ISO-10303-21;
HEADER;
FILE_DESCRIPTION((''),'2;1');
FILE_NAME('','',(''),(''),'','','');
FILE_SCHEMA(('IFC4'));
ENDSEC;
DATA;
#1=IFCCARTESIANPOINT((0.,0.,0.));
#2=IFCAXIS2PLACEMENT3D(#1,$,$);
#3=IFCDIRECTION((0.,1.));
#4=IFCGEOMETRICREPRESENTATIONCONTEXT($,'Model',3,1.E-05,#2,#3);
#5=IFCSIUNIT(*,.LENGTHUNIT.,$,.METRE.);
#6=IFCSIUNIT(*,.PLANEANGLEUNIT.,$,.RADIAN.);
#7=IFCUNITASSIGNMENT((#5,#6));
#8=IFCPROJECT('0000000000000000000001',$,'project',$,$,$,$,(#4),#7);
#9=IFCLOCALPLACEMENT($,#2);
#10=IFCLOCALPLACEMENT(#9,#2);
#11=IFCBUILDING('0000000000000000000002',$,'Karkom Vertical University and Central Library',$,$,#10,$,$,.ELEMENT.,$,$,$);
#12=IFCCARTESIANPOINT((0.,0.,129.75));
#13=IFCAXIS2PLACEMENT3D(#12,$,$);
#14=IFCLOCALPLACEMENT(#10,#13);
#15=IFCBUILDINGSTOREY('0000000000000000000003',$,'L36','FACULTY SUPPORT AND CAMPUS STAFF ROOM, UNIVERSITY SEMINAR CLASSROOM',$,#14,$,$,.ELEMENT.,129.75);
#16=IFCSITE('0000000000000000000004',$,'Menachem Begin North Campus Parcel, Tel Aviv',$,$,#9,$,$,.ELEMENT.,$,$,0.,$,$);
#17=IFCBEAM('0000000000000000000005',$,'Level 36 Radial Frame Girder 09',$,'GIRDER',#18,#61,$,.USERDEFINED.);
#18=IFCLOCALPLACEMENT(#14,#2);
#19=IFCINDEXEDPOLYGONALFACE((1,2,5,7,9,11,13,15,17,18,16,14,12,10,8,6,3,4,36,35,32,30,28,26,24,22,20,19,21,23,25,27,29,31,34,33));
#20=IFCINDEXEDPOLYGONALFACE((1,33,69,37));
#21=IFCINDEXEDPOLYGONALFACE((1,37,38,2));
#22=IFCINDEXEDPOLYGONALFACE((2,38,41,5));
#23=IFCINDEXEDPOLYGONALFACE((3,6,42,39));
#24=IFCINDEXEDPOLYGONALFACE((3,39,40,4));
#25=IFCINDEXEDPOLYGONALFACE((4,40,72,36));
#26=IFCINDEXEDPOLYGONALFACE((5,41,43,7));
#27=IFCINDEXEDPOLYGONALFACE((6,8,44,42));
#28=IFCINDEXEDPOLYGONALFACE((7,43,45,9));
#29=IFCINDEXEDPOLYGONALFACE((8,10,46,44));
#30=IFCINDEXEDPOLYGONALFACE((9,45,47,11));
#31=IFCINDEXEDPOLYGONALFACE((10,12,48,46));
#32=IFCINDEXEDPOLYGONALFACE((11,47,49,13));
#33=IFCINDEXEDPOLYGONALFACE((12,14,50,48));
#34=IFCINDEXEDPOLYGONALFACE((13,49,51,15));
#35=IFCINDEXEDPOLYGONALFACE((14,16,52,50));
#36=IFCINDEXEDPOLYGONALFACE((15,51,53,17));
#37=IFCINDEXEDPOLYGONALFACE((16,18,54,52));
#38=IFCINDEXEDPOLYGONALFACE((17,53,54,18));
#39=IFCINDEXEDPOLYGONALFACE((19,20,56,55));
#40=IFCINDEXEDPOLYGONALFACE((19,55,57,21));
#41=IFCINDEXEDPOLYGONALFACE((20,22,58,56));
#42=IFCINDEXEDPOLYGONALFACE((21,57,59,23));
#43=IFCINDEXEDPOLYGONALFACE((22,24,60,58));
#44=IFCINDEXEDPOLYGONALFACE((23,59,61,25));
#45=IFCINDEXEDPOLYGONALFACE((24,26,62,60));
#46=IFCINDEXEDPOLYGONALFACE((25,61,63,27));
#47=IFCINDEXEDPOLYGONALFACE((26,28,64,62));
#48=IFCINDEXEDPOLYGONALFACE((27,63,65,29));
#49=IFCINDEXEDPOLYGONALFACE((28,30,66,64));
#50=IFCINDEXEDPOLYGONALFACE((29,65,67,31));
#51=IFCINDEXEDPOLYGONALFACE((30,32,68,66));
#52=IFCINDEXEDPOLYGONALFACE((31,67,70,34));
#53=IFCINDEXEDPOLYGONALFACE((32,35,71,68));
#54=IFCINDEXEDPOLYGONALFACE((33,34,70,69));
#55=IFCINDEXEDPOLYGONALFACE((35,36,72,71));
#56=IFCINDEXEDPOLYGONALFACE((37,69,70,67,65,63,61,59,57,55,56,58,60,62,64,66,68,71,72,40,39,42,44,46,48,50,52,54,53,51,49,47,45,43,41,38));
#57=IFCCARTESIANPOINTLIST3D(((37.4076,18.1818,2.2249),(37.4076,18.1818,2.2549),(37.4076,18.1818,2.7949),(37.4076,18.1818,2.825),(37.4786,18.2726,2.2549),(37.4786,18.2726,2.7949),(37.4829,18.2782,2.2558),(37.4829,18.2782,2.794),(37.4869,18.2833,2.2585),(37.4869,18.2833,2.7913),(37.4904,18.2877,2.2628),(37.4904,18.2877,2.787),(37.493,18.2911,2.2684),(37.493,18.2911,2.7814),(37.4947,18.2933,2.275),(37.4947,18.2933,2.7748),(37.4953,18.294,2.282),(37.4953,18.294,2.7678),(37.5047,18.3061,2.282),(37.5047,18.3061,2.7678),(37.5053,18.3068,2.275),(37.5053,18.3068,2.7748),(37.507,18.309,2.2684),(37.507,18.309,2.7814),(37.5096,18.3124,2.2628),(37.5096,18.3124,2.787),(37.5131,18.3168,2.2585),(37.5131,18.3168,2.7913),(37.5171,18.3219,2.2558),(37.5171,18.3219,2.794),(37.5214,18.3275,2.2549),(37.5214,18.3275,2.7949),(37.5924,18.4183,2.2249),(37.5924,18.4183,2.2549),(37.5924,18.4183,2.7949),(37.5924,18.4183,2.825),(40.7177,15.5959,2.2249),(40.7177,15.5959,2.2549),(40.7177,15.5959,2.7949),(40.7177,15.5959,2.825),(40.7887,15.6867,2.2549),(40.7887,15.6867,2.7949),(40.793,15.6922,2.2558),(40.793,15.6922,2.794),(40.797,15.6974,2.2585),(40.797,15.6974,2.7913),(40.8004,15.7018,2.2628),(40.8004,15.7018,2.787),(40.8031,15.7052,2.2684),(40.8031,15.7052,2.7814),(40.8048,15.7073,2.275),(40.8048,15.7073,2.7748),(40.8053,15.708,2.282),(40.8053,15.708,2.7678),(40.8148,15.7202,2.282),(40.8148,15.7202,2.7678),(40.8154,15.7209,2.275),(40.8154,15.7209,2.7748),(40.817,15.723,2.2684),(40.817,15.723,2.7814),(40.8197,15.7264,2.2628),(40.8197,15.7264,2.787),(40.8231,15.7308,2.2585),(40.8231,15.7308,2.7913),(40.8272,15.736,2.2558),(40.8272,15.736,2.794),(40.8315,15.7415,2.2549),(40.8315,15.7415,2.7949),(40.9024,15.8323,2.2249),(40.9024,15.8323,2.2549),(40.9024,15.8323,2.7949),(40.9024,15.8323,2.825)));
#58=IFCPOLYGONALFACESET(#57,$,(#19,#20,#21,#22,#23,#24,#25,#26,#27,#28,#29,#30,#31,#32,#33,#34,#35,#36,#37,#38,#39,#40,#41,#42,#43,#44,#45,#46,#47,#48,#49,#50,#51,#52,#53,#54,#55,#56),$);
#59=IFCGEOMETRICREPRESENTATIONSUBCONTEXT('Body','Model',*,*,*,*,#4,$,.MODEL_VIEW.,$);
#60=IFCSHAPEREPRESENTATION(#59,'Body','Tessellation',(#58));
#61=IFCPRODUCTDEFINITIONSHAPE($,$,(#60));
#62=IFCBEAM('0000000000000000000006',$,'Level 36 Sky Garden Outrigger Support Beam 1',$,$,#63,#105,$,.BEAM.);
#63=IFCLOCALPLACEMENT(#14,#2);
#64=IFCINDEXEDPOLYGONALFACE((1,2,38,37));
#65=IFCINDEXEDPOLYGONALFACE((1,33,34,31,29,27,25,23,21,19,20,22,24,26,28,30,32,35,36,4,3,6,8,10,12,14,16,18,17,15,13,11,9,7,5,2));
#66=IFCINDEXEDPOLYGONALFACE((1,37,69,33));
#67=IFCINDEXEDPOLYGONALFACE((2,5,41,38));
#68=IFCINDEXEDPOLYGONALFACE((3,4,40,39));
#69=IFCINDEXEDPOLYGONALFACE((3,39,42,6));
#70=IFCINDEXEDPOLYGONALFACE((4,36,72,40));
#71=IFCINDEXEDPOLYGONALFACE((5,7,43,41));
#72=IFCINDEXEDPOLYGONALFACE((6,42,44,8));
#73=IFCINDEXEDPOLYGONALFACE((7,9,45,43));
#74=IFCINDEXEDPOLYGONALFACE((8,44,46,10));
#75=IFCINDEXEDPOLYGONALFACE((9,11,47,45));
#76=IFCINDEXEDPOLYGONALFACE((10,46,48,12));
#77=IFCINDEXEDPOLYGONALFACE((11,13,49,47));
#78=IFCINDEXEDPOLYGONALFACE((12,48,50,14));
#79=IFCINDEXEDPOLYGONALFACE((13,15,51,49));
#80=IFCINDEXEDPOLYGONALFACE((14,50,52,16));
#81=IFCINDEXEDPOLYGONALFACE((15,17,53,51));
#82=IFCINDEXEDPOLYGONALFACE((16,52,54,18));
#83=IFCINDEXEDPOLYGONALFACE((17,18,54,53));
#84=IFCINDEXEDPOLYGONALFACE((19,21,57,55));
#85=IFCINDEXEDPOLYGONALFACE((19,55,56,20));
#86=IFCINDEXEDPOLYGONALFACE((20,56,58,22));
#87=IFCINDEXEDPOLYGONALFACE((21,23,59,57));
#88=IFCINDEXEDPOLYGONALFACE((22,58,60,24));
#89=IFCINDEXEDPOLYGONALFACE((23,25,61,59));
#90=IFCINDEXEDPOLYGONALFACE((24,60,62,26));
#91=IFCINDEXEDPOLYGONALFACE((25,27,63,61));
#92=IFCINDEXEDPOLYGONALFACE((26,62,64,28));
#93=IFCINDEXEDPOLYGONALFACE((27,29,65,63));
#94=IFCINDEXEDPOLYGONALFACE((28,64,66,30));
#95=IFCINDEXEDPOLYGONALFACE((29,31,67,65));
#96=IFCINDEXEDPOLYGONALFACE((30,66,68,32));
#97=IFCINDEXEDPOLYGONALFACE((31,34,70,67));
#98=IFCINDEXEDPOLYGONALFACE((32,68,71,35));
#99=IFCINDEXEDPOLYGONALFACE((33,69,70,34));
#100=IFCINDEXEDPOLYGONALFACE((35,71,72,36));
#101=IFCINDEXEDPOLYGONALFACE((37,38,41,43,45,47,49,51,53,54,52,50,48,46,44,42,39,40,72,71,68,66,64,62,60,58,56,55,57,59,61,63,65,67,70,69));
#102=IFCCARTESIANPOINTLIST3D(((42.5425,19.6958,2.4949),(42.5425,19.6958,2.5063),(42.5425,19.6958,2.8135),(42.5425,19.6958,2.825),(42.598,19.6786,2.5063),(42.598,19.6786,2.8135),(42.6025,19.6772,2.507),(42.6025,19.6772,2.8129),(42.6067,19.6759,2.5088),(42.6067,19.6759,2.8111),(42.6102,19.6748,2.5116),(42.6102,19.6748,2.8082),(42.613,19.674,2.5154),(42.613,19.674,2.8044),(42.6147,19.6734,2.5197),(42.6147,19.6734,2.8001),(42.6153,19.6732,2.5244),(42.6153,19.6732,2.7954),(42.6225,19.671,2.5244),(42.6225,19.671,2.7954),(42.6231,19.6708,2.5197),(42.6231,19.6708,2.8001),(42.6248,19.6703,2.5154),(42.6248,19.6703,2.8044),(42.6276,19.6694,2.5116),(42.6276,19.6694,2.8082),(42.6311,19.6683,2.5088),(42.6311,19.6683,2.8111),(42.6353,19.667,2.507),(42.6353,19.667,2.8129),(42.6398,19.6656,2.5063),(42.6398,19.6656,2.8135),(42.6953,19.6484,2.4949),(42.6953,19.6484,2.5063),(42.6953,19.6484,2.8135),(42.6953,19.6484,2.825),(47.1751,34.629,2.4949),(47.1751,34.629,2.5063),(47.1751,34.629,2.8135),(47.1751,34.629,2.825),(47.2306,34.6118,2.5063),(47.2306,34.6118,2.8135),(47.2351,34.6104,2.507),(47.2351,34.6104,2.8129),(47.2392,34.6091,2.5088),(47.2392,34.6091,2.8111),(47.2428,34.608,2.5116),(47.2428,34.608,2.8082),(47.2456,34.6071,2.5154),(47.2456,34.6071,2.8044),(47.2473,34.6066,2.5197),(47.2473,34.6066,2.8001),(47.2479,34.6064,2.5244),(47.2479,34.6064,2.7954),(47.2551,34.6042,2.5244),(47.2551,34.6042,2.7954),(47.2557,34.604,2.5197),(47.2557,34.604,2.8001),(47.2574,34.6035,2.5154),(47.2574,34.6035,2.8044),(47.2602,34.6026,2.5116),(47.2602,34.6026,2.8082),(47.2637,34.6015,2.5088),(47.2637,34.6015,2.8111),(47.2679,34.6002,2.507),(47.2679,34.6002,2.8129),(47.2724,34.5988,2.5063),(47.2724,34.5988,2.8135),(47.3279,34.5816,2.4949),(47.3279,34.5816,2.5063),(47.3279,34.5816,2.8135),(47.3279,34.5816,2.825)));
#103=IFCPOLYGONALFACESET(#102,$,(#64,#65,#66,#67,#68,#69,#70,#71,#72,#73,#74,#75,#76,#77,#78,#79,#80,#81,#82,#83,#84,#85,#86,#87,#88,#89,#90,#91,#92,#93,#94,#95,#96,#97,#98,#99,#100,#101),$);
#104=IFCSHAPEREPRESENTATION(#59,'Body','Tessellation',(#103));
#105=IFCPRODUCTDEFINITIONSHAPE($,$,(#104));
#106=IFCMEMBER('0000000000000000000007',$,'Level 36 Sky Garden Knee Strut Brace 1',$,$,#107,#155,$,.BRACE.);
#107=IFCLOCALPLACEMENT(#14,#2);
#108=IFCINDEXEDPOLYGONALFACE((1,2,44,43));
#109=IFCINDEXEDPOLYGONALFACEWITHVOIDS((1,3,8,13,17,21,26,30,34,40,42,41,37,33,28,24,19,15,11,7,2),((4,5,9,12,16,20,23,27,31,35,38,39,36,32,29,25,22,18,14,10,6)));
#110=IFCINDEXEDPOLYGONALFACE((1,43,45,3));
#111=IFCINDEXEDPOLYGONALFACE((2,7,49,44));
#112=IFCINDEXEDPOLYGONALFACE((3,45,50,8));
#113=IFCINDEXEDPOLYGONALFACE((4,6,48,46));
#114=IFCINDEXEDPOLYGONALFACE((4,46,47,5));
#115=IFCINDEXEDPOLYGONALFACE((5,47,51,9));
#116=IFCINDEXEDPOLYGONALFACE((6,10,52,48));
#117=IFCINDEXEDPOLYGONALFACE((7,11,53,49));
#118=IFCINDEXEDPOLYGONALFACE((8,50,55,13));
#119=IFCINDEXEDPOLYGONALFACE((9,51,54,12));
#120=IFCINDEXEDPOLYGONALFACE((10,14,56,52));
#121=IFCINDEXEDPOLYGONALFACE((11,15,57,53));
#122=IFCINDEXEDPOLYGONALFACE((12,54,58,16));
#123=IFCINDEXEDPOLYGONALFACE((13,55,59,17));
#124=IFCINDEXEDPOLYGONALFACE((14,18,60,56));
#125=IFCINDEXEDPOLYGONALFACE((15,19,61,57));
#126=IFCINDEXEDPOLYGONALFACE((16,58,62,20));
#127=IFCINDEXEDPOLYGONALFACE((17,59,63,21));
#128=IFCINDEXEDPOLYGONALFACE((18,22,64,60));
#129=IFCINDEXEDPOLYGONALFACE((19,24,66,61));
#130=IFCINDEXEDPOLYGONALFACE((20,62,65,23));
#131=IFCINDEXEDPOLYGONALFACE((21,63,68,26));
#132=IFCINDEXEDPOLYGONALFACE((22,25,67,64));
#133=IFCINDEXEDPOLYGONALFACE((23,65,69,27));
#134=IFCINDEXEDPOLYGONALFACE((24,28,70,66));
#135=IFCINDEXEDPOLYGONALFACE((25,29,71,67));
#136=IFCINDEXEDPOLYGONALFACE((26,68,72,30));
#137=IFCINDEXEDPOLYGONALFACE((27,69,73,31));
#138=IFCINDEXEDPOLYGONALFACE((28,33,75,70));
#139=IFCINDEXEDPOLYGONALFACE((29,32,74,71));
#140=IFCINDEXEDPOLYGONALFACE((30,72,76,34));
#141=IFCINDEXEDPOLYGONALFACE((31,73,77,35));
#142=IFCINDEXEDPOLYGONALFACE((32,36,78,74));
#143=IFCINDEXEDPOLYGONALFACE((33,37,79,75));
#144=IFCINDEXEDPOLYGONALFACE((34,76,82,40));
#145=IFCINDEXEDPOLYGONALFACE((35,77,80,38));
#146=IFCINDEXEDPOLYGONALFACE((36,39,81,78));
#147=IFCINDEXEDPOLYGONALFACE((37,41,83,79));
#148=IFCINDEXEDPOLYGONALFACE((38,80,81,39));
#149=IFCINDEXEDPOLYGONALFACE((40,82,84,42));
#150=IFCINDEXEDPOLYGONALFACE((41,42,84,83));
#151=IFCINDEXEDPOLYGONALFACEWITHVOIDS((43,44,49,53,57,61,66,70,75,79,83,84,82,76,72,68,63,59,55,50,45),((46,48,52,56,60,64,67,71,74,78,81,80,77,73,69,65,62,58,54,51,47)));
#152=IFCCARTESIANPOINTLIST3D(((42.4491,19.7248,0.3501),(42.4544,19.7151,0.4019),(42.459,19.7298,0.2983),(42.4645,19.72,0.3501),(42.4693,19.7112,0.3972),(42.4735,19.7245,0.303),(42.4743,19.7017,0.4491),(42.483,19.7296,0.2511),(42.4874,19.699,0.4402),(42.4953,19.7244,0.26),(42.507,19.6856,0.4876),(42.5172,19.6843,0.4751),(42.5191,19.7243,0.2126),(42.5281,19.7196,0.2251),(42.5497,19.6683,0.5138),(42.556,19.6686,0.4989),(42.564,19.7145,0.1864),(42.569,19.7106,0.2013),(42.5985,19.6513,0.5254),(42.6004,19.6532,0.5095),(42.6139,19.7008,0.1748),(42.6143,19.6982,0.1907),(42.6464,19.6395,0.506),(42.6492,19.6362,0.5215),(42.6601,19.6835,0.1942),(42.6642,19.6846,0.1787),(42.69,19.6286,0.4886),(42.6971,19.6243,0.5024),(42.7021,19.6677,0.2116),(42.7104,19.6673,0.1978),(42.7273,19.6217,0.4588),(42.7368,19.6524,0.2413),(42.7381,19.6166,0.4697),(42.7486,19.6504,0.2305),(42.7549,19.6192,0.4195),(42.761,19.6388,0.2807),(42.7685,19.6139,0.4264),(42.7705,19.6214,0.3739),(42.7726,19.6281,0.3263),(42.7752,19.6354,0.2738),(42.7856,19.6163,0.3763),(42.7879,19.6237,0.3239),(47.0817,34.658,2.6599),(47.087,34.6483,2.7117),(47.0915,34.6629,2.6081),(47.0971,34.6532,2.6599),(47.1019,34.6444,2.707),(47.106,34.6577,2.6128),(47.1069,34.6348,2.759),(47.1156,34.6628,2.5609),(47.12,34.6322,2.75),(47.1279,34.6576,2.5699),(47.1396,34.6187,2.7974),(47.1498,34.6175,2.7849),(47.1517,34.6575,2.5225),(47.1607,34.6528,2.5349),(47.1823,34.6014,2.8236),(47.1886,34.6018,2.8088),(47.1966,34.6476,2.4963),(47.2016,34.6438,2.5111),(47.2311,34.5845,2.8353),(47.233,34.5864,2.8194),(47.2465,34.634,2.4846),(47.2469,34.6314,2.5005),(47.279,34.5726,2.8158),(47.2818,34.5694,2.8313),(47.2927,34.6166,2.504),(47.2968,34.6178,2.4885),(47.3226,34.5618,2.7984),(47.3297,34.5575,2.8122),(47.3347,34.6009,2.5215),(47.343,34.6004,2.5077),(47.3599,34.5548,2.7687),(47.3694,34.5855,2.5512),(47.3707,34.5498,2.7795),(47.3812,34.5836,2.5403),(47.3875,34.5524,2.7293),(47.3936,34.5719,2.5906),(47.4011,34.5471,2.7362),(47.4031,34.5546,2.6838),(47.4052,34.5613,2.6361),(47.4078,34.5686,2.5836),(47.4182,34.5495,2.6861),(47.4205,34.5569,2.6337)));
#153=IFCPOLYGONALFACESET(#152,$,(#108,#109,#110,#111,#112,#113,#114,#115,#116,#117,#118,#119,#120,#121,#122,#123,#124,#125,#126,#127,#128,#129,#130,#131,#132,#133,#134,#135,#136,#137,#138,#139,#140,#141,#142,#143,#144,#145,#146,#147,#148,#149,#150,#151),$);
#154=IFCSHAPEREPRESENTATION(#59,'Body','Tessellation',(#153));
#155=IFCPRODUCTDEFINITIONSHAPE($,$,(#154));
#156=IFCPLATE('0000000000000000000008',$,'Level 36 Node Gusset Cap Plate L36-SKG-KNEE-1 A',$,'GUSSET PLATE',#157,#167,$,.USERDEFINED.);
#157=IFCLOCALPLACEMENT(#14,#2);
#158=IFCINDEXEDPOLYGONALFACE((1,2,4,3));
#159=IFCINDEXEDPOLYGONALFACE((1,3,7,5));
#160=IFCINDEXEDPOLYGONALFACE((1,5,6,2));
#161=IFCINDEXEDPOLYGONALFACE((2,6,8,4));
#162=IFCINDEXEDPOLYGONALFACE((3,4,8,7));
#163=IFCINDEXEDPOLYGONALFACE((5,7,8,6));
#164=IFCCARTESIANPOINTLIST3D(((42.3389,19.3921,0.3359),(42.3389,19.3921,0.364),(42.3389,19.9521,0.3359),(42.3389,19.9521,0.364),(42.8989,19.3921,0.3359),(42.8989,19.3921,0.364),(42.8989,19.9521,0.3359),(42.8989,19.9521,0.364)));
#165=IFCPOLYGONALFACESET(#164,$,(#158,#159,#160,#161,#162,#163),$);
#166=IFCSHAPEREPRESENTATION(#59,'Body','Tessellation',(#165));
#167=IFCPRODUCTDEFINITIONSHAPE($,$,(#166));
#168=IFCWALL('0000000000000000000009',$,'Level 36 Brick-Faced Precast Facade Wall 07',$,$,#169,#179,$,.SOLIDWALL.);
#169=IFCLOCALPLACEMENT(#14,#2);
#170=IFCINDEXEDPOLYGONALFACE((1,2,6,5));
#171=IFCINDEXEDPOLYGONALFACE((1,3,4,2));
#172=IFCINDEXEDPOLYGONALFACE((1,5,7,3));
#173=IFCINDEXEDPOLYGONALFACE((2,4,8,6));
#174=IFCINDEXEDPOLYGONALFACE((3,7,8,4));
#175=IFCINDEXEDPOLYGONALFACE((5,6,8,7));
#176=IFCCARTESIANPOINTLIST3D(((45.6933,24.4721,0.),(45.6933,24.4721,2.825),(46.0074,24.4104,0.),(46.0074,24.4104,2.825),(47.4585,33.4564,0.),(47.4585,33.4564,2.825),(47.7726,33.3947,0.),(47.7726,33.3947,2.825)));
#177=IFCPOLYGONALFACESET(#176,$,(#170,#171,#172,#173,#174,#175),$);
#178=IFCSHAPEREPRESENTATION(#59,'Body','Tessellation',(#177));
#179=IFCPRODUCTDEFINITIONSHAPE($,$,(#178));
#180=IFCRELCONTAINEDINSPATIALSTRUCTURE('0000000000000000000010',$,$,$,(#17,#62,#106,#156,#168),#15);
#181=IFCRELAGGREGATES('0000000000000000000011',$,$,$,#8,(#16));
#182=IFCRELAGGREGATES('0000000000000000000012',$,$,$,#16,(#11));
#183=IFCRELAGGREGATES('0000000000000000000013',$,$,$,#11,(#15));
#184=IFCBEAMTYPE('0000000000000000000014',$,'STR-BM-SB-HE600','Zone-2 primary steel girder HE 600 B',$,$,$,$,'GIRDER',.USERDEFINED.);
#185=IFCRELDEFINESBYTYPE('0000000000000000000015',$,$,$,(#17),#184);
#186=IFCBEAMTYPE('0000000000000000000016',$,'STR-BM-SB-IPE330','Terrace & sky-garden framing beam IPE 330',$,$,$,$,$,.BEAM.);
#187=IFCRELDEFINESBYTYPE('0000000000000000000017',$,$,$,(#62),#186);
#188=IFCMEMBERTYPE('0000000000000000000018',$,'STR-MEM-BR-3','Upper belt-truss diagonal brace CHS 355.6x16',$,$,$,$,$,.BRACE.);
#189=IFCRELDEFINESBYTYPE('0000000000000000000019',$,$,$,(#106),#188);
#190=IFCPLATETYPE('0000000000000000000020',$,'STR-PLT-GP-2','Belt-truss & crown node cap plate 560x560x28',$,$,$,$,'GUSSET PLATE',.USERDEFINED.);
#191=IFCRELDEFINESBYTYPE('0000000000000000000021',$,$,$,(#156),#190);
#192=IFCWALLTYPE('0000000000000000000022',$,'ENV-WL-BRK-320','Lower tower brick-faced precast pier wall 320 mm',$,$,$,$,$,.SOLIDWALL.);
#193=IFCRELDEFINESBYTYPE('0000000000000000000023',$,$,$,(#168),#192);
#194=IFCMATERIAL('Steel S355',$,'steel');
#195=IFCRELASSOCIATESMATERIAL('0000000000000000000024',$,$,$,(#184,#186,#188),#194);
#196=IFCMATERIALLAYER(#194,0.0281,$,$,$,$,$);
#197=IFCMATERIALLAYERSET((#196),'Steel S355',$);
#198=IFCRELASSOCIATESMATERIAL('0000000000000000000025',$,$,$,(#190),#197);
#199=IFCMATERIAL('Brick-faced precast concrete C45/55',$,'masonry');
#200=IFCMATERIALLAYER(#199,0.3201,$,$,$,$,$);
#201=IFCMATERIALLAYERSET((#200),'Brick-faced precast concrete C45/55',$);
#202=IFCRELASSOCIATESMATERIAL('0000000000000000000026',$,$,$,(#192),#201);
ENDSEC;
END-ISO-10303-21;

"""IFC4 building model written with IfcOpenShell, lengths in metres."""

from ifc_helpers import new_model, si_unit, direction, frame, frame_2d, origin, origin_with_axes, origin_2d, place, context, subcontext, project, spatial, rectangle, hollow_circle, i_section, extrude, source, transform, mapped, material, layer, layer_set, material_profile, profile_set, type_object, element, save


model = new_model("IFC4")

# Units and contexts
model_context = context("Model", 3, precision=1e-05, world=origin(), true_north=direction((0.0, 1.0)))
body_context = subcontext(model_context, "Body", "Model", "MODEL_VIEW")
ifc_project = project(units=[si_unit("LENGTHUNIT", "METRE"), si_unit("PLANEANGLEUNIT", "RADIAN")], contexts=[model_context])

# Site, building, storey
site_placement = place(None, origin())
site = spatial("IfcSite", under=ifc_project, at=site_placement, Name="Menachem Begin North Campus Parcel, Tel Aviv", CompositionType="ELEMENT", RefElevation=0.0)
building_placement = place(site_placement, origin())
building = spatial("IfcBuilding", under=site, at=building_placement, Name="Karkom Vertical University and Central Library", CompositionType="ELEMENT")
storey_placement = place(building_placement, frame((0.0, 0.0, 129.75)))
storey = spatial("IfcBuildingStorey", under=building, at=storey_placement, Name="L36", Description="FACULTY SUPPORT AND CAMPUS STAFF ROOM, UNIVERSITY SEMINAR CLASSROOM", CompositionType="ELEMENT", Elevation=129.75)

# Beams
ifc_material_1 = material(Name="Steel S355", Category="steel")
ifc_material_profile_1 = material_profile(ifc_material_1, i_section(OverallWidth=0.3, OverallDepth=0.6001, WebThickness=0.0154, FlangeThickness=0.03, FilletRadius=0.0271, at=origin_2d()), Name="HE 600 B")
ifc_profile_set_1 = profile_set([ifc_material_profile_1], Name="Steel S355")
beam_type_1 = type_object("IfcBeamType", Name="STR-BM-SB-HE600", Description="Zone-2 primary steel girder HE 600 B", ElementType="GIRDER", PredefinedType="USERDEFINED", material=ifc_profile_set_1)
shared_shape_1 = source(origin_with_axes(), body_context, "Body", "SweptSolid", [
    extrude(i_section(OverallWidth=0.3, OverallDepth=0.6001, WebThickness=0.0154, FlangeThickness=0.03, FilletRadius=0.0271, at=origin_2d()), origin(), (0.0, 0.0, 1.0), 4.2004),
])
beam_1_placement = place(storey_placement, frame((37.5, 18.3, 2.5249), z_axis=(0.78803, -0.615637, 0.0), x_axis=(0.615637, 0.78803, 0.0)))
element("IfcBeam", 1, at=beam_1_placement, inside=storey, type_object=beam_type_1, Name="Level 36 Radial Frame Girder 09", ObjectType="GIRDER", PredefinedType="USERDEFINED", context=body_context, shape_type="MappedRepresentation", body=[
    mapped(shared_shape_1, transform((0.0, 0.0, 0.0), scale=1.0)),
])
ifc_material_profile_2 = material_profile(ifc_material_1, i_section(OverallWidth=0.1599, OverallDepth=0.3301, WebThickness=0.0076, FlangeThickness=0.0115, FilletRadius=0.0181, at=origin_2d()), Name="IPE 330")
ifc_profile_set_2 = profile_set([ifc_material_profile_2], Name="Steel S355")
beam_type_2 = type_object("IfcBeamType", Name="STR-BM-SB-IPE330", Description="Terrace & sky-garden framing beam IPE 330", PredefinedType="BEAM", material=ifc_profile_set_2)
shared_shape_2 = source(origin_with_axes(), body_context, "Body", "SweptSolid", [
    extrude(i_section(OverallWidth=0.1599, OverallDepth=0.3301, WebThickness=0.0076, FlangeThickness=0.0115, FilletRadius=0.0181, at=origin_2d()), origin(), (0.0, 0.0, 1.0), 15.6353),
])
beam_2_placement = place(storey_placement, frame((42.6189, 19.6721, 2.6599), z_axis=(0.296292, 0.955098, 0.0), x_axis=(-0.955098, 0.296292, 0.0)))
element("IfcBeam", 2, at=beam_2_placement, inside=storey, type_object=beam_type_2, Name="Level 36 Sky Garden Outrigger Support Beam 1", PredefinedType="BEAM", context=body_context, shape_type="MappedRepresentation", body=[
    mapped(shared_shape_2, transform((0.0, 0.0, 0.0), scale=1.0)),
])

# Member
ifc_material_profile_3 = material_profile(ifc_material_1, hollow_circle(Radius=0.1777, WallThickness=0.0161, at=origin_2d()), Name="CHS 355.6x16")
ifc_profile_set_3 = profile_set([ifc_material_profile_3], Name="Steel S355")
member_type = type_object("IfcMemberType", Name="STR-MEM-BR-3", Description="Upper belt-truss diagonal brace CHS 355.6x16", PredefinedType="BRACE", material=ifc_profile_set_3)
shared_shape_3 = source(origin_with_axes(), body_context, "Body", "SweptSolid", [
    extrude(hollow_circle(Radius=0.1777, WallThickness=0.0161, at=origin_2d()), origin(), (0.0, 0.0, 1.0), 15.8049),
])
member_placement = place(storey_placement, frame((42.6189, 19.6721, 0.3501), z_axis=(0.29311, 0.944843, 0.146146), x_axis=(-0.955098, 0.296292, 0.0)))
element("IfcMember", 3, at=member_placement, inside=storey, type_object=member_type, Name="Level 36 Sky Garden Knee Strut Brace 1", PredefinedType="BRACE", context=body_context, shape_type="MappedRepresentation", body=[
    mapped(shared_shape_3, transform((0.0, 0.0, 0.0), scale=1.0)),
])

# Plate
ifc_layer_1 = layer(ifc_material_1, 0.0281)
ifc_layer_set_1 = layer_set([ifc_layer_1], Name="Steel S355")
plate_type = type_object("IfcPlateType", Name="STR-PLT-GP-2", Description="Belt-truss & crown node cap plate 560x560x28", ElementType="GUSSET PLATE", PredefinedType="USERDEFINED", material=ifc_layer_set_1)
shared_shape_4 = source(origin_with_axes(), body_context, "Body", "SweptSolid", [
    extrude(rectangle(XDim=0.5601, YDim=0.5601, at=origin_2d()), origin(), (0.0, 0.0, 1.0), 0.0281),
])
plate_placement = place(storey_placement, frame((42.6189, 19.6721, 0.3359), z_axis=(0.0, 0.0, 1.0), x_axis=(1.0, 0.0, 0.0)))
element("IfcPlate", 4, at=plate_placement, inside=storey, type_object=plate_type, Name="Level 36 Node Gusset Cap Plate L36-SKG-KNEE-1 A", ObjectType="GUSSET PLATE", PredefinedType="USERDEFINED", context=body_context, shape_type="MappedRepresentation", body=[
    mapped(shared_shape_4, transform((0.0, 0.0, 0.0), scale=1.0)),
])

# Wall
ifc_material_2 = material(Name="Brick-faced precast concrete C45/55", Category="masonry")
ifc_layer_2 = layer(ifc_material_2, 0.3201)
ifc_layer_set_2 = layer_set([ifc_layer_2], Name="Brick-faced precast concrete C45/55")
wall_type_1 = type_object("IfcWallType", Name="ENV-WL-BRK-320", Description="Lower tower brick-faced precast pier wall 320 mm", PredefinedType="SOLIDWALL", material=ifc_layer_set_2)
wall_1_placement = place(storey_placement, frame((45.8503, 24.4412, 0.0), z_axis=(0.0, 0.0, 1.0), x_axis=(0.192787, 0.981241, 0.0)))
element("IfcWall", 5, at=wall_1_placement, inside=storey, type_object=wall_type_1, Name="Level 36 Brick-Faced Precast Facade Wall 07", PredefinedType="SOLIDWALL", context=body_context, shape_type="SweptSolid", body=[
    extrude(rectangle(XDim=9.156, YDim=0.3201, at=frame_2d((4.5781, 0.0))), origin(), (0.0, 0.0, 1.0), 2.825),
])

save(model, "model.ifc")
